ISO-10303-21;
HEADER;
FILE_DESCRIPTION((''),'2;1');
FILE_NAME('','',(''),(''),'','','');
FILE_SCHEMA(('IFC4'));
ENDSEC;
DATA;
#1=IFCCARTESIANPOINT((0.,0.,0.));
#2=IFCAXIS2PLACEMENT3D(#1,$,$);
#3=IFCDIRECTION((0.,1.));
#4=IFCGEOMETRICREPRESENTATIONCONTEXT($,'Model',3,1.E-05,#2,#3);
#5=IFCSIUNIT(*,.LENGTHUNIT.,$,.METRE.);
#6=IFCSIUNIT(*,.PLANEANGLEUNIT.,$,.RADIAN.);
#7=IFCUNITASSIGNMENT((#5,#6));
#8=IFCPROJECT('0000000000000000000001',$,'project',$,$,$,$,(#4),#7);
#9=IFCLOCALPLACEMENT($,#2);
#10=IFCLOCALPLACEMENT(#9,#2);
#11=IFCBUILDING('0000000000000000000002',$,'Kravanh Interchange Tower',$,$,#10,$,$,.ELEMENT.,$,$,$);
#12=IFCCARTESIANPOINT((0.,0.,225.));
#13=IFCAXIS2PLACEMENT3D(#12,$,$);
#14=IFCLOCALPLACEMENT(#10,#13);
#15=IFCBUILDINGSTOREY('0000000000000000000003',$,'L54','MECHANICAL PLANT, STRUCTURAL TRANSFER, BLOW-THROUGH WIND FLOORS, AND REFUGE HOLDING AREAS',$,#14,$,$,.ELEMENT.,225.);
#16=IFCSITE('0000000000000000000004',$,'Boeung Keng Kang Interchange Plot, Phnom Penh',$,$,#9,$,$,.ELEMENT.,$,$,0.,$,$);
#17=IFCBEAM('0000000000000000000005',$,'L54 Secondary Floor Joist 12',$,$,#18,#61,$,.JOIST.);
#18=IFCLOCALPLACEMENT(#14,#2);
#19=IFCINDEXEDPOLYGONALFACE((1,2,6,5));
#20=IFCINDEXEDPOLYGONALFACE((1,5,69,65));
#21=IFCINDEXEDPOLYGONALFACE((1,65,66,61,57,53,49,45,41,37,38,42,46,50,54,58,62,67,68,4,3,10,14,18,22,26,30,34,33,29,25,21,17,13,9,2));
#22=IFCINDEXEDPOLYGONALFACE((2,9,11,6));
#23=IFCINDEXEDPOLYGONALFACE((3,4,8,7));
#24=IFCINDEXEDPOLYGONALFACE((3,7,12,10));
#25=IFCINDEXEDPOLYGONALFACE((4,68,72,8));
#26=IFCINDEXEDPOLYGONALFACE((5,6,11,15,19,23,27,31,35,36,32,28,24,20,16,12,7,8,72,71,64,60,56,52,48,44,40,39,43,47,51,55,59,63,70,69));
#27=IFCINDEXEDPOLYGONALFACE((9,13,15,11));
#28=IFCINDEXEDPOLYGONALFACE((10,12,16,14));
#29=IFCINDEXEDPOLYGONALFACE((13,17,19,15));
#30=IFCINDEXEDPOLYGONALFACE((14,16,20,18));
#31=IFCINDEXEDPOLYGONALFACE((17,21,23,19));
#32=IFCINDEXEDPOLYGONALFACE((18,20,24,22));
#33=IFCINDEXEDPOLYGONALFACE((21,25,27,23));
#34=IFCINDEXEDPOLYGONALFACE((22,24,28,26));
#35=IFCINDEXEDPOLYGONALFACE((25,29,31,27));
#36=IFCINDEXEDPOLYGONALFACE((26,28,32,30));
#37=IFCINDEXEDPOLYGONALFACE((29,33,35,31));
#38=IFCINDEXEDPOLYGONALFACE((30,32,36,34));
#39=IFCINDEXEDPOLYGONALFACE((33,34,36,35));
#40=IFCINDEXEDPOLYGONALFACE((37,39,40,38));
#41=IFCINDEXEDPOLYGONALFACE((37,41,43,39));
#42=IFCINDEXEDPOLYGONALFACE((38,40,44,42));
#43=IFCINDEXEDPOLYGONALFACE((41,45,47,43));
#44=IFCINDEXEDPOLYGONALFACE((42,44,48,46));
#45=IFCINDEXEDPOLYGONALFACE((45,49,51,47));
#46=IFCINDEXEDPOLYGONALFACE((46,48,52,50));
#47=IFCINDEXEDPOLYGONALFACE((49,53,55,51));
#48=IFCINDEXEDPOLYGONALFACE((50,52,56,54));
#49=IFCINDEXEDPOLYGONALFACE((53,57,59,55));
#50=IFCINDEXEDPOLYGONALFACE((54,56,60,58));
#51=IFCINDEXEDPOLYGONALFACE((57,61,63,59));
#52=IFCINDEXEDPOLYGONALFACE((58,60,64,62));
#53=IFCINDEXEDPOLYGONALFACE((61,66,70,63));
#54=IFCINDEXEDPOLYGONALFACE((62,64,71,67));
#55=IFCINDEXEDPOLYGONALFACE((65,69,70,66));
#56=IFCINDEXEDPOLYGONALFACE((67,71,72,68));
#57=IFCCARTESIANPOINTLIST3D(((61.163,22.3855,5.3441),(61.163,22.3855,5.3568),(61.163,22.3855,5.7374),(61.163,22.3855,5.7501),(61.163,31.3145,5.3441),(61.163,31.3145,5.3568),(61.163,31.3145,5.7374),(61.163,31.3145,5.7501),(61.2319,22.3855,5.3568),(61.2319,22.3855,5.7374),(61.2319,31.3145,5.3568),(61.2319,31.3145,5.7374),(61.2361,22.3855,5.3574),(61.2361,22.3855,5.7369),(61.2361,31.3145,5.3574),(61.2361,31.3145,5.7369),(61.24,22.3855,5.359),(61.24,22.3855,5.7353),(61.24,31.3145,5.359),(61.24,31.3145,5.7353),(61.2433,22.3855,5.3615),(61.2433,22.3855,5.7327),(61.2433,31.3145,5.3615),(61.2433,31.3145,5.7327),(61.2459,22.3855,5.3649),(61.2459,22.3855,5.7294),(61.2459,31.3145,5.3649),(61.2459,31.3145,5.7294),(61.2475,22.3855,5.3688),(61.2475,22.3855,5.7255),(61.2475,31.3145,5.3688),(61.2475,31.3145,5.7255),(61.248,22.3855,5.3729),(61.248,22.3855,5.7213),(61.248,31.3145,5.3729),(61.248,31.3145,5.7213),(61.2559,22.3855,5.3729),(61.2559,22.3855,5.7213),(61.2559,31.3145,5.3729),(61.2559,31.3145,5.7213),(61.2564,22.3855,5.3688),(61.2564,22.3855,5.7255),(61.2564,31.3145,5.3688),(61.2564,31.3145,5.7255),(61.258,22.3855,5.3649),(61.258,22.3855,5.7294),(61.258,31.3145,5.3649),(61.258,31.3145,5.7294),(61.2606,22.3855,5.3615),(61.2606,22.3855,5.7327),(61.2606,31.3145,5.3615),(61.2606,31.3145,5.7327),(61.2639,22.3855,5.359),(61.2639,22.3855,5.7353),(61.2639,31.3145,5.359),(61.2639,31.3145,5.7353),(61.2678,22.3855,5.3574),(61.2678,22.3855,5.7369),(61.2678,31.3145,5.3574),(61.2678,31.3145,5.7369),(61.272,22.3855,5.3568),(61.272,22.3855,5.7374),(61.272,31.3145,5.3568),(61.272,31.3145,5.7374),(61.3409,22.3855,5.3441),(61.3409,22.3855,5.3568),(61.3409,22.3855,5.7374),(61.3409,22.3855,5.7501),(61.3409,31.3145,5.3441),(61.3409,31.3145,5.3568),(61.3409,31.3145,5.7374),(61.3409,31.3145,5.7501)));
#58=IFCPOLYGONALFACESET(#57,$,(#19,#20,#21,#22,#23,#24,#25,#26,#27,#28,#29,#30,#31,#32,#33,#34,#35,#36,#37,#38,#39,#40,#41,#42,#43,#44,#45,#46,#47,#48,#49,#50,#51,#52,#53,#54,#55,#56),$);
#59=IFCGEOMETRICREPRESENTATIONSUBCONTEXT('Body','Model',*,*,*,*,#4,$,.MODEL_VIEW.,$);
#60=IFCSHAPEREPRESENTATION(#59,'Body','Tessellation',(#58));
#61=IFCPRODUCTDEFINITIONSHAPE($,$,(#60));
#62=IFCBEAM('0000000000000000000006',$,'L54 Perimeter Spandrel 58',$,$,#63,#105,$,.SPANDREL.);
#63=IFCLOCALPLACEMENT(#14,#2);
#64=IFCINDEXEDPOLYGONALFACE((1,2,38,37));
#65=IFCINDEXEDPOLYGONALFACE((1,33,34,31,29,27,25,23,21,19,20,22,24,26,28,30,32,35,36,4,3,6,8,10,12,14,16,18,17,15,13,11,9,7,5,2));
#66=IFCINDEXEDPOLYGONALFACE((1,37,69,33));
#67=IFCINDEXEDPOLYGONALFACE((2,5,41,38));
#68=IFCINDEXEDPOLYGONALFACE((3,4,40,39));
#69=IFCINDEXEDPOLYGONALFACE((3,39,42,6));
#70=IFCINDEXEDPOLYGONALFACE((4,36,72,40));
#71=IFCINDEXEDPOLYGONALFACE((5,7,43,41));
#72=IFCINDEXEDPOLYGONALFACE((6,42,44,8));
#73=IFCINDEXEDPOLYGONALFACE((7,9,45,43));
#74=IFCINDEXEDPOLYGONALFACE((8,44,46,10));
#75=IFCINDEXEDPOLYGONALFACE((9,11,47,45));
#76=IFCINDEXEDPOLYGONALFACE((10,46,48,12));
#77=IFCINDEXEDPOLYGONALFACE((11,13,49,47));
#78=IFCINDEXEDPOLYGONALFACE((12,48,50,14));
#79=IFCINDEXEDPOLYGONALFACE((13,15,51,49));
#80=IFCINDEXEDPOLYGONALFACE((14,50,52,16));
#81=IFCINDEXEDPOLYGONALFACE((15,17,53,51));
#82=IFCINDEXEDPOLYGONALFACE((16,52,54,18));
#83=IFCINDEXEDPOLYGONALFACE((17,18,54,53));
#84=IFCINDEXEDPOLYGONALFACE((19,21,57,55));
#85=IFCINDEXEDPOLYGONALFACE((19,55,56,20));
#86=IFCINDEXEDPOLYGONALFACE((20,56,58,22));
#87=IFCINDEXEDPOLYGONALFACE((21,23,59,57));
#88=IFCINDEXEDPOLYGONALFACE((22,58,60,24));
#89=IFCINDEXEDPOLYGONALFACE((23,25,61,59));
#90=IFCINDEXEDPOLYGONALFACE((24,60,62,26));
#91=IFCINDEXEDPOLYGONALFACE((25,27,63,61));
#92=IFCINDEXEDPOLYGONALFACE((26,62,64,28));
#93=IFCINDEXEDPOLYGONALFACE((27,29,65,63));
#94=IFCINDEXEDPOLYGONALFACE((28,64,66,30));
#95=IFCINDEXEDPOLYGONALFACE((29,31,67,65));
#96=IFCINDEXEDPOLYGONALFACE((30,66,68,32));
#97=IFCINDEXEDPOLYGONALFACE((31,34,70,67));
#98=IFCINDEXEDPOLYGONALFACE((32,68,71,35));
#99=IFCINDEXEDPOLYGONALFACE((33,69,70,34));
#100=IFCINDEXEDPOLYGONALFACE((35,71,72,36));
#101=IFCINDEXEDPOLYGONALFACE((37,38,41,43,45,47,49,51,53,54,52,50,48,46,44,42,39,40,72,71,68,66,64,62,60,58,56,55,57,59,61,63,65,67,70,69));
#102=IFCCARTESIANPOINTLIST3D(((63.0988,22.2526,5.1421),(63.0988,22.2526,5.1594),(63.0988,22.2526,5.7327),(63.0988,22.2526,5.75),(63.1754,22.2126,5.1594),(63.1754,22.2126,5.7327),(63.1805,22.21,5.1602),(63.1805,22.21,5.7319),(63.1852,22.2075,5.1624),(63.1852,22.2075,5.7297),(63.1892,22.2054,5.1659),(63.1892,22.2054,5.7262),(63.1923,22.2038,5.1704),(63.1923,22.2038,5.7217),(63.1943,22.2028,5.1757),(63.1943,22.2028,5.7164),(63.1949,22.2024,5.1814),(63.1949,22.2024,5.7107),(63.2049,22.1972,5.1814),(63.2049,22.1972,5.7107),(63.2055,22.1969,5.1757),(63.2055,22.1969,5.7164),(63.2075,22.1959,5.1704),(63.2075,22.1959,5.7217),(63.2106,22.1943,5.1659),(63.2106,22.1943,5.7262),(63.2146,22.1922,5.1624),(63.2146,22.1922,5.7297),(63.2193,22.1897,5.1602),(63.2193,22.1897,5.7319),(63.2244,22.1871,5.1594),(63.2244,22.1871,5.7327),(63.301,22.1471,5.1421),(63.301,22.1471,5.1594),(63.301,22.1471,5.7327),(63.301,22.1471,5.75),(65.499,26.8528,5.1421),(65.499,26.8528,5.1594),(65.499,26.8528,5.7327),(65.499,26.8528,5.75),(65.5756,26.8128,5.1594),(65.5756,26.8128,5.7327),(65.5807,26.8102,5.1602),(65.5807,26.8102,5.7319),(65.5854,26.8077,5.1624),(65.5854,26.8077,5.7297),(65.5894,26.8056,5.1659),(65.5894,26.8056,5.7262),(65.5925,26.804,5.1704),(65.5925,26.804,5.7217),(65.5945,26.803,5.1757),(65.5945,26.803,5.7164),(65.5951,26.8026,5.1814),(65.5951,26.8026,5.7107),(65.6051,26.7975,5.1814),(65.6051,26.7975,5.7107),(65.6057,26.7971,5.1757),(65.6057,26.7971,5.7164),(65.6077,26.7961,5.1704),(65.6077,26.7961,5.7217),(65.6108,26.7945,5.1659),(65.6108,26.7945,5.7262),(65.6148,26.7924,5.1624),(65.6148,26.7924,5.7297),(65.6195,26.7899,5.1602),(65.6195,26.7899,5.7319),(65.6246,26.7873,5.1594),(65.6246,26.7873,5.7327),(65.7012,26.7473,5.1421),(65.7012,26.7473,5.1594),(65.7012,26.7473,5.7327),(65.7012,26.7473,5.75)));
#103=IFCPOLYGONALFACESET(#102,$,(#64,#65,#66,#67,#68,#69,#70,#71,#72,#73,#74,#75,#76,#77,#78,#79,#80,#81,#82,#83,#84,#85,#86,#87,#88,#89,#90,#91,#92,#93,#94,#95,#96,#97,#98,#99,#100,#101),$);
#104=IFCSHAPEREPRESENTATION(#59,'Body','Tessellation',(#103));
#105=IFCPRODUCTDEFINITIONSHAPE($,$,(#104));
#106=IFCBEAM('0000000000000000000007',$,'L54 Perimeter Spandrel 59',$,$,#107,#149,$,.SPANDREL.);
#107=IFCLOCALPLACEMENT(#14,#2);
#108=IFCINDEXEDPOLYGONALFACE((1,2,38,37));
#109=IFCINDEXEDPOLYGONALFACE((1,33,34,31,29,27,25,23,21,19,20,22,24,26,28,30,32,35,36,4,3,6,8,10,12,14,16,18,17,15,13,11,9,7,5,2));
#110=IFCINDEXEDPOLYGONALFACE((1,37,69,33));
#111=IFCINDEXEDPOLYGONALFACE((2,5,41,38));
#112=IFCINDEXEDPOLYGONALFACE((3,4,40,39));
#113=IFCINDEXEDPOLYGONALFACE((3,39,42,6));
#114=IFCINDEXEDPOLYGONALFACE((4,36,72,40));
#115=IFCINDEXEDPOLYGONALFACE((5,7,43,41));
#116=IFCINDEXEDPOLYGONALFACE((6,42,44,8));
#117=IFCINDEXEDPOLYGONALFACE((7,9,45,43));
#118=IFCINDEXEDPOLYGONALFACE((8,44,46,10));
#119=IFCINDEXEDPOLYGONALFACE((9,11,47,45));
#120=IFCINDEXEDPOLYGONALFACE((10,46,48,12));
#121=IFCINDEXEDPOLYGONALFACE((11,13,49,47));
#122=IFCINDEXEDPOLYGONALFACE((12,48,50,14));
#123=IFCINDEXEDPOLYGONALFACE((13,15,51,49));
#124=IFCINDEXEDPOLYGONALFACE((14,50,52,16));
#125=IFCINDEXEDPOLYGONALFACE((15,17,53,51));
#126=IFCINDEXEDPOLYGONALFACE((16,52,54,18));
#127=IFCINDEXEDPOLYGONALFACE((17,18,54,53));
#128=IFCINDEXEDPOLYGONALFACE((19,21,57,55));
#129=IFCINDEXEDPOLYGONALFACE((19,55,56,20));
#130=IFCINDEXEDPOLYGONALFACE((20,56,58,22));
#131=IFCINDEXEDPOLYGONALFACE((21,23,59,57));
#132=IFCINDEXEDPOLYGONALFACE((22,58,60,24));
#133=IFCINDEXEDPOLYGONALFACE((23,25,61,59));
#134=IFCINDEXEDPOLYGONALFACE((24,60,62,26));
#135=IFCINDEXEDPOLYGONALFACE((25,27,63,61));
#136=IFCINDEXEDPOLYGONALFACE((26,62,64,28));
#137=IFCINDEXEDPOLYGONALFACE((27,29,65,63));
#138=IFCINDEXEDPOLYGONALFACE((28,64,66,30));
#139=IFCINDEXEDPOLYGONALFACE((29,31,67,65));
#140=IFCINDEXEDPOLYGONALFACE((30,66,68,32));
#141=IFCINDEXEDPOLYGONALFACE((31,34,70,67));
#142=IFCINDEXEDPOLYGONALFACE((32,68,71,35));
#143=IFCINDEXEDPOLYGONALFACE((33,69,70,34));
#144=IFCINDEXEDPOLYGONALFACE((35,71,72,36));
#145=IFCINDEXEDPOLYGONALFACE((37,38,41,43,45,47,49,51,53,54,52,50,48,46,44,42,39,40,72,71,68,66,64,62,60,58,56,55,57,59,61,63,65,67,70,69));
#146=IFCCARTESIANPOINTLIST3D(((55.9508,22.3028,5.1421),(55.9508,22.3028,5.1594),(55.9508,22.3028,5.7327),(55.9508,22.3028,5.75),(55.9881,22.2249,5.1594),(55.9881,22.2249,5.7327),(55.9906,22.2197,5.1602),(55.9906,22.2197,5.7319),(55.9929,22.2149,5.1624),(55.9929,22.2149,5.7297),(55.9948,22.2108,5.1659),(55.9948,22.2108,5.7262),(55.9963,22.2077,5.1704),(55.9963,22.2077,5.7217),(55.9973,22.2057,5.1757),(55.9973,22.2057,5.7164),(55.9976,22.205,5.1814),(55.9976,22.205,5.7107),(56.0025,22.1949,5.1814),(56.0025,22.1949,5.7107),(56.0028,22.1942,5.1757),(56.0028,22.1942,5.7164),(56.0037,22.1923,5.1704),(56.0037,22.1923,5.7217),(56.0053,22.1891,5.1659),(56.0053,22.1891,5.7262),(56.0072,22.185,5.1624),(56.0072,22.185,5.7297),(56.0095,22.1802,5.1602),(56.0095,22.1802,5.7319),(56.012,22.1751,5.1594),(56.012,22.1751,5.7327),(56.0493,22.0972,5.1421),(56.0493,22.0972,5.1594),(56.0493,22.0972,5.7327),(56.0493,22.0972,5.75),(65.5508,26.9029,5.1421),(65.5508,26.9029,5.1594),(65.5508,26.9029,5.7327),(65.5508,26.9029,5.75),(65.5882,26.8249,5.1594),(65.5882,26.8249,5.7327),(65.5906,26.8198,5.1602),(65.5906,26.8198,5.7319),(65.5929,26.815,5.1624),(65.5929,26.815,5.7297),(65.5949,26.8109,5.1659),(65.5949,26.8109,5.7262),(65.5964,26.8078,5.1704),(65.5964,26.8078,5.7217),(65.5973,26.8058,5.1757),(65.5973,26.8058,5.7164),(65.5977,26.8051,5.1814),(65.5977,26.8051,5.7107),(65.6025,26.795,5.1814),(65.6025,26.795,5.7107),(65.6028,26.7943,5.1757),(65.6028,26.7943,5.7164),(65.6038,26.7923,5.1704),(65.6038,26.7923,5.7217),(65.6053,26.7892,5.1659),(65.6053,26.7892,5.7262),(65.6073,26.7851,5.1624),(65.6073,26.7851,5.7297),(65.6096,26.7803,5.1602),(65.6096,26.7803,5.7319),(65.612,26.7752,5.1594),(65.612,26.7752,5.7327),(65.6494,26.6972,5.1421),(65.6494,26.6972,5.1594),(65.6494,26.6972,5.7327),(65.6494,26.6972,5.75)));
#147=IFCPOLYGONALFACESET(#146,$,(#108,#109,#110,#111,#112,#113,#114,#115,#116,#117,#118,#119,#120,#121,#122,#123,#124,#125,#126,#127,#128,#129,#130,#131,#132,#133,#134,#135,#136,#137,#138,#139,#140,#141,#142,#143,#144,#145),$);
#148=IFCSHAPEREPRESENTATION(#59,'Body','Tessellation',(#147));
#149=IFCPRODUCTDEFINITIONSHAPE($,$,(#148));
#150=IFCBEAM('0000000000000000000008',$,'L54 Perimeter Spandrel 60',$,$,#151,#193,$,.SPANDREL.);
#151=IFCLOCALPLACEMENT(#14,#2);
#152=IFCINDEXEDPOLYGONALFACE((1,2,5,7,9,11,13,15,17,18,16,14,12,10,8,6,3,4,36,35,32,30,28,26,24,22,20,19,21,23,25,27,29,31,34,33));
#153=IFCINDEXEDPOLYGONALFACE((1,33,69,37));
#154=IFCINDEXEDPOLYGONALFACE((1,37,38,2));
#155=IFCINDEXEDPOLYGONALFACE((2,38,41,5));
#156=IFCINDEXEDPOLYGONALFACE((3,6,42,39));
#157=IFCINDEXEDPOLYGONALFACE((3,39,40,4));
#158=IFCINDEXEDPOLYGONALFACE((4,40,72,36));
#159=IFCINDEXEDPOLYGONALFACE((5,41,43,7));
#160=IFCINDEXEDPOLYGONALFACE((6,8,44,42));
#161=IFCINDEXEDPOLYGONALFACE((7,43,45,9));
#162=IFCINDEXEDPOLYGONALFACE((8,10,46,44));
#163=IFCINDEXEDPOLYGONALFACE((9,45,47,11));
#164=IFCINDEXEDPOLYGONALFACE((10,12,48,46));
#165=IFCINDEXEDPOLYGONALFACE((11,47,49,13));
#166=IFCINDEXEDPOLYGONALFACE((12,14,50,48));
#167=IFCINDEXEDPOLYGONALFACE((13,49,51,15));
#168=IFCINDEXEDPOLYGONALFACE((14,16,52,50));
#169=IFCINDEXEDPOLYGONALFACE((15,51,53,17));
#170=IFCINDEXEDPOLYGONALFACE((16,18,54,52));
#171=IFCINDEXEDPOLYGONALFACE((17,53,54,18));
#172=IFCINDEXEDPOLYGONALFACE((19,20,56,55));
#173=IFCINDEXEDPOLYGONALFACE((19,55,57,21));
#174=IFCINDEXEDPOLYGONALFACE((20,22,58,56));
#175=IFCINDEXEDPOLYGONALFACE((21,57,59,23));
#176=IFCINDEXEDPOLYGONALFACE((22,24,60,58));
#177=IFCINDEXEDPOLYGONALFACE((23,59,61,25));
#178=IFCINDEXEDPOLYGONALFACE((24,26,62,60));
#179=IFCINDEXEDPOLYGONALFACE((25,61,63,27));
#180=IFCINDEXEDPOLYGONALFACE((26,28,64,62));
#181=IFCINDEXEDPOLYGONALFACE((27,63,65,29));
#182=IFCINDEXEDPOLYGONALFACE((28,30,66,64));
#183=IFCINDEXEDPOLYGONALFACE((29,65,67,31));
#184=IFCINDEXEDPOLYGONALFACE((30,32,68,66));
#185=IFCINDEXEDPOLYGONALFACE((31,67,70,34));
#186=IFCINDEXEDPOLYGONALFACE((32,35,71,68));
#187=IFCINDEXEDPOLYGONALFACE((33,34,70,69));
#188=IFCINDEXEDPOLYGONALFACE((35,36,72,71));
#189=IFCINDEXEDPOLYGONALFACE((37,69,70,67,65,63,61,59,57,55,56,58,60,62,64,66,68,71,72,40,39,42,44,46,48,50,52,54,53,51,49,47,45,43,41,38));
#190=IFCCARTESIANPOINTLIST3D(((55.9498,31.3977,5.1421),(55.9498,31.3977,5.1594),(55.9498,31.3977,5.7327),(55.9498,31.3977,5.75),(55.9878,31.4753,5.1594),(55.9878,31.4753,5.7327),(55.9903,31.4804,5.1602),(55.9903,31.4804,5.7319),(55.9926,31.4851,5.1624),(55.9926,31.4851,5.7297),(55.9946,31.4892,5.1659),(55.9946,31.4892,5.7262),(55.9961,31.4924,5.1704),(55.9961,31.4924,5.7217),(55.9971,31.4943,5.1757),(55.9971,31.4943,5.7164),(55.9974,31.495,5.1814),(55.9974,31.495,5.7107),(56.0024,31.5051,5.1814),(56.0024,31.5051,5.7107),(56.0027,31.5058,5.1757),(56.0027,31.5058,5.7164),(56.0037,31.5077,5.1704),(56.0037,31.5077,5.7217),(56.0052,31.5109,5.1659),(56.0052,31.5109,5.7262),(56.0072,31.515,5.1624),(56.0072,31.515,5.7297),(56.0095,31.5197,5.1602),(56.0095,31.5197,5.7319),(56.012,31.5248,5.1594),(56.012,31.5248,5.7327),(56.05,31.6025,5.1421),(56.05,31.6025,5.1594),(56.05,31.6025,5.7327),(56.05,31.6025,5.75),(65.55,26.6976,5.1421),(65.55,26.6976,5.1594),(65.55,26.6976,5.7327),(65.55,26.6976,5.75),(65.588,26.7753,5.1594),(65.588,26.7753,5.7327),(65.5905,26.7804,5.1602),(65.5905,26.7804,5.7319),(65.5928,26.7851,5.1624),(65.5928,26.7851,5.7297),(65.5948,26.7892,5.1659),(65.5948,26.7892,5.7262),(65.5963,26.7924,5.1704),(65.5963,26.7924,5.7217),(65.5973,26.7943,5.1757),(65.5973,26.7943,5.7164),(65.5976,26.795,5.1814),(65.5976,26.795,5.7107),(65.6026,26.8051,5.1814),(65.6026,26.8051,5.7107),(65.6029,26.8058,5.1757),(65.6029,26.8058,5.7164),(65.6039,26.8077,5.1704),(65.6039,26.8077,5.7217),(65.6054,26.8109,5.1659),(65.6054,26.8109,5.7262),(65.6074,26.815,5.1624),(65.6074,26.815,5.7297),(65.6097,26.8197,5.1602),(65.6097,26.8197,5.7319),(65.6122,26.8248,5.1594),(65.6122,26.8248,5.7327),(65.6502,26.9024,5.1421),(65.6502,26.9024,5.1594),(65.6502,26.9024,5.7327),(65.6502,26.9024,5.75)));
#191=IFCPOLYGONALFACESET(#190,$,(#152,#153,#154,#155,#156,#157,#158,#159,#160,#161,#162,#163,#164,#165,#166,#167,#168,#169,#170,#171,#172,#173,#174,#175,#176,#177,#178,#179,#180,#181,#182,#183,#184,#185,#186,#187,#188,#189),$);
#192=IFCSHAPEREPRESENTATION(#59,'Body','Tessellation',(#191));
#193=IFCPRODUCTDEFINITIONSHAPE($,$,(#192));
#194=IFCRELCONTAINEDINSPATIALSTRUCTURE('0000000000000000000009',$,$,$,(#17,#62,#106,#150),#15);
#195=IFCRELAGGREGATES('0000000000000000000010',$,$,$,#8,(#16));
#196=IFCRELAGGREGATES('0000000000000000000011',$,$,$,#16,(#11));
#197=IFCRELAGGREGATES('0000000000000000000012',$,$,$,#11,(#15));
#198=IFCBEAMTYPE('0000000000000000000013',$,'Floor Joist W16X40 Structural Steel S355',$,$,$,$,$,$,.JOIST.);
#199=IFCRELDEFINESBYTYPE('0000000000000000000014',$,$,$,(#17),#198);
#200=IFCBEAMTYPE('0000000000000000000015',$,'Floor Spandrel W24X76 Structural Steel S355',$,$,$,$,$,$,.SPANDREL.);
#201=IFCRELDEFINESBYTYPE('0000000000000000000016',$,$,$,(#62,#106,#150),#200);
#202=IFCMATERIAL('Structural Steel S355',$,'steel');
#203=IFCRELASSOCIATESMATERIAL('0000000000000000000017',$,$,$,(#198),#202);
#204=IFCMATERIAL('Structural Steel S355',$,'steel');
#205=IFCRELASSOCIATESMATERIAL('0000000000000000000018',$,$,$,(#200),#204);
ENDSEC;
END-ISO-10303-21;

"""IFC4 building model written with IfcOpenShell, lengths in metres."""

from ifc_helpers import new_model, si_unit, direction, frame, origin, origin_2d, place, context, subcontext, project, spatial, i_section, extrude, material, material_profile, profile_set, type_object, element, save


model = new_model("IFC4")

# Units and contexts
model_context = context("Model", 3, precision=1e-05, world=origin(), true_north=direction((0.0, 1.0)))
body_context = subcontext(model_context, "Body", "Model", "MODEL_VIEW")
ifc_project = project(units=[si_unit("LENGTHUNIT", "METRE"), si_unit("PLANEANGLEUNIT", "RADIAN")], contexts=[model_context])

# Site, building, storey
site_placement = place(None, origin())
site = spatial("IfcSite", under=ifc_project, at=site_placement, Name="Boeung Keng Kang Interchange Plot, Phnom Penh", CompositionType="ELEMENT", RefElevation=0.0)
building_placement = place(site_placement, origin())
building = spatial("IfcBuilding", under=site, at=building_placement, Name="Kravanh Interchange Tower", CompositionType="ELEMENT")
storey_placement = place(building_placement, frame((0.0, 0.0, 225.0)))
storey = spatial("IfcBuildingStorey", under=building, at=storey_placement, Name="L54", Description="MECHANICAL PLANT, STRUCTURAL TRANSFER, BLOW-THROUGH WIND FLOORS, AND REFUGE HOLDING AREAS", CompositionType="ELEMENT", Elevation=225.0)

# Beams
ifc_material_1 = material(Name="Structural Steel S355", Category="steel")
ifc_material_profile_1 = material_profile(ifc_material_1, i_section(OverallWidth=0.178, OverallDepth=0.406, WebThickness=0.0078, FlangeThickness=0.0127, FilletRadius=0.0161, at=origin_2d()), Name="W16X40")
ifc_profile_set_1 = profile_set([ifc_material_profile_1], Name="Structural Steel S355")
beam_type_1 = type_object("IfcBeamType", Name="Floor Joist W16X40 Structural Steel S355", PredefinedType="JOIST", material=ifc_profile_set_1)
for number, where, z_axis, x_axis, name in (
    (1, (61.252, 22.3855, 5.5471), (0.0, 1.0, 0.0), (-1.0, 0.0, 0.0), "L54 Secondary Floor Joist 12"),
):
    element("IfcBeam", number, at=place(storey_placement, frame(where, z_axis=z_axis, x_axis=x_axis)), inside=storey, type_object=beam_type_1, Name=name, PredefinedType="JOIST", context=body_context, shape_type="SweptSolid", body=[
        extrude(i_section(OverallWidth=0.178, OverallDepth=0.406, WebThickness=0.0078, FlangeThickness=0.0127, FilletRadius=0.0161, at=origin_2d()), origin(), (0.0, 0.0, 1.0), 8.929),
    ])
ifc_material_2 = material(Name="Structural Steel S355", Category="steel")
ifc_material_profile_2 = material_profile(ifc_material_2, i_section(OverallWidth=0.228, OverallDepth=0.6079, WebThickness=0.0112, FlangeThickness=0.0173, FilletRadius=0.022, at=origin_2d()), Name="W24X76")
ifc_profile_set_2 = profile_set([ifc_material_profile_2], Name="Structural Steel S355")
beam_type_2 = type_object("IfcBeamType", Name="Floor Spandrel W24X76 Structural Steel S355", PredefinedType="SPANDREL", material=ifc_profile_set_2)
beam_1_placement = place(storey_placement, frame((65.6001, 26.8, 5.446), z_axis=(-0.46258, -0.886577, 0.0), x_axis=(0.886577, -0.46258, 0.0)))
element("IfcBeam", 2, at=beam_1_placement, inside=storey, type_object=beam_type_2, Name="L54 Perimeter Spandrel 58", PredefinedType="SPANDREL", context=body_context, shape_type="SweptSolid", body=[
    extrude(i_section(OverallWidth=0.228, OverallDepth=0.6079, WebThickness=0.0112, FlangeThickness=0.0173, FilletRadius=0.022, at=origin_2d()), origin(), (0.0, 0.0, 1.0), 5.1887),
])
beam_2_placement = place(storey_placement, frame((65.6001, 26.8, 5.446), z_axis=(-0.901814, -0.432124, 0.0), x_axis=(0.432124, -0.901814, 0.0)))
element("IfcBeam", 3, at=beam_2_placement, inside=storey, type_object=beam_type_2, Name="L54 Perimeter Spandrel 59", PredefinedType="SPANDREL", context=body_context, shape_type="SweptSolid", body=[
    extrude(i_section(OverallWidth=0.228, OverallDepth=0.6079, WebThickness=0.0112, FlangeThickness=0.0173, FilletRadius=0.022, at=origin_2d()), origin(), (0.0, 0.0, 1.0), 10.6453),
])
beam_3_placement = place(storey_placement, frame((65.6001, 26.8, 5.446), z_axis=(-0.898142, 0.439706, 0.0), x_axis=(-0.439706, -0.898142, 0.0)))
element("IfcBeam", 4, at=beam_3_placement, inside=storey, type_object=beam_type_2, Name="L54 Perimeter Spandrel 60", PredefinedType="SPANDREL", context=body_context, shape_type="SweptSolid", body=[
    extrude(i_section(OverallWidth=0.228, OverallDepth=0.6079, WebThickness=0.0112, FlangeThickness=0.0173, FilletRadius=0.022, at=origin_2d()), origin(), (0.0, 0.0, 1.0), 10.689),
])

save(model, "model.ifc")
